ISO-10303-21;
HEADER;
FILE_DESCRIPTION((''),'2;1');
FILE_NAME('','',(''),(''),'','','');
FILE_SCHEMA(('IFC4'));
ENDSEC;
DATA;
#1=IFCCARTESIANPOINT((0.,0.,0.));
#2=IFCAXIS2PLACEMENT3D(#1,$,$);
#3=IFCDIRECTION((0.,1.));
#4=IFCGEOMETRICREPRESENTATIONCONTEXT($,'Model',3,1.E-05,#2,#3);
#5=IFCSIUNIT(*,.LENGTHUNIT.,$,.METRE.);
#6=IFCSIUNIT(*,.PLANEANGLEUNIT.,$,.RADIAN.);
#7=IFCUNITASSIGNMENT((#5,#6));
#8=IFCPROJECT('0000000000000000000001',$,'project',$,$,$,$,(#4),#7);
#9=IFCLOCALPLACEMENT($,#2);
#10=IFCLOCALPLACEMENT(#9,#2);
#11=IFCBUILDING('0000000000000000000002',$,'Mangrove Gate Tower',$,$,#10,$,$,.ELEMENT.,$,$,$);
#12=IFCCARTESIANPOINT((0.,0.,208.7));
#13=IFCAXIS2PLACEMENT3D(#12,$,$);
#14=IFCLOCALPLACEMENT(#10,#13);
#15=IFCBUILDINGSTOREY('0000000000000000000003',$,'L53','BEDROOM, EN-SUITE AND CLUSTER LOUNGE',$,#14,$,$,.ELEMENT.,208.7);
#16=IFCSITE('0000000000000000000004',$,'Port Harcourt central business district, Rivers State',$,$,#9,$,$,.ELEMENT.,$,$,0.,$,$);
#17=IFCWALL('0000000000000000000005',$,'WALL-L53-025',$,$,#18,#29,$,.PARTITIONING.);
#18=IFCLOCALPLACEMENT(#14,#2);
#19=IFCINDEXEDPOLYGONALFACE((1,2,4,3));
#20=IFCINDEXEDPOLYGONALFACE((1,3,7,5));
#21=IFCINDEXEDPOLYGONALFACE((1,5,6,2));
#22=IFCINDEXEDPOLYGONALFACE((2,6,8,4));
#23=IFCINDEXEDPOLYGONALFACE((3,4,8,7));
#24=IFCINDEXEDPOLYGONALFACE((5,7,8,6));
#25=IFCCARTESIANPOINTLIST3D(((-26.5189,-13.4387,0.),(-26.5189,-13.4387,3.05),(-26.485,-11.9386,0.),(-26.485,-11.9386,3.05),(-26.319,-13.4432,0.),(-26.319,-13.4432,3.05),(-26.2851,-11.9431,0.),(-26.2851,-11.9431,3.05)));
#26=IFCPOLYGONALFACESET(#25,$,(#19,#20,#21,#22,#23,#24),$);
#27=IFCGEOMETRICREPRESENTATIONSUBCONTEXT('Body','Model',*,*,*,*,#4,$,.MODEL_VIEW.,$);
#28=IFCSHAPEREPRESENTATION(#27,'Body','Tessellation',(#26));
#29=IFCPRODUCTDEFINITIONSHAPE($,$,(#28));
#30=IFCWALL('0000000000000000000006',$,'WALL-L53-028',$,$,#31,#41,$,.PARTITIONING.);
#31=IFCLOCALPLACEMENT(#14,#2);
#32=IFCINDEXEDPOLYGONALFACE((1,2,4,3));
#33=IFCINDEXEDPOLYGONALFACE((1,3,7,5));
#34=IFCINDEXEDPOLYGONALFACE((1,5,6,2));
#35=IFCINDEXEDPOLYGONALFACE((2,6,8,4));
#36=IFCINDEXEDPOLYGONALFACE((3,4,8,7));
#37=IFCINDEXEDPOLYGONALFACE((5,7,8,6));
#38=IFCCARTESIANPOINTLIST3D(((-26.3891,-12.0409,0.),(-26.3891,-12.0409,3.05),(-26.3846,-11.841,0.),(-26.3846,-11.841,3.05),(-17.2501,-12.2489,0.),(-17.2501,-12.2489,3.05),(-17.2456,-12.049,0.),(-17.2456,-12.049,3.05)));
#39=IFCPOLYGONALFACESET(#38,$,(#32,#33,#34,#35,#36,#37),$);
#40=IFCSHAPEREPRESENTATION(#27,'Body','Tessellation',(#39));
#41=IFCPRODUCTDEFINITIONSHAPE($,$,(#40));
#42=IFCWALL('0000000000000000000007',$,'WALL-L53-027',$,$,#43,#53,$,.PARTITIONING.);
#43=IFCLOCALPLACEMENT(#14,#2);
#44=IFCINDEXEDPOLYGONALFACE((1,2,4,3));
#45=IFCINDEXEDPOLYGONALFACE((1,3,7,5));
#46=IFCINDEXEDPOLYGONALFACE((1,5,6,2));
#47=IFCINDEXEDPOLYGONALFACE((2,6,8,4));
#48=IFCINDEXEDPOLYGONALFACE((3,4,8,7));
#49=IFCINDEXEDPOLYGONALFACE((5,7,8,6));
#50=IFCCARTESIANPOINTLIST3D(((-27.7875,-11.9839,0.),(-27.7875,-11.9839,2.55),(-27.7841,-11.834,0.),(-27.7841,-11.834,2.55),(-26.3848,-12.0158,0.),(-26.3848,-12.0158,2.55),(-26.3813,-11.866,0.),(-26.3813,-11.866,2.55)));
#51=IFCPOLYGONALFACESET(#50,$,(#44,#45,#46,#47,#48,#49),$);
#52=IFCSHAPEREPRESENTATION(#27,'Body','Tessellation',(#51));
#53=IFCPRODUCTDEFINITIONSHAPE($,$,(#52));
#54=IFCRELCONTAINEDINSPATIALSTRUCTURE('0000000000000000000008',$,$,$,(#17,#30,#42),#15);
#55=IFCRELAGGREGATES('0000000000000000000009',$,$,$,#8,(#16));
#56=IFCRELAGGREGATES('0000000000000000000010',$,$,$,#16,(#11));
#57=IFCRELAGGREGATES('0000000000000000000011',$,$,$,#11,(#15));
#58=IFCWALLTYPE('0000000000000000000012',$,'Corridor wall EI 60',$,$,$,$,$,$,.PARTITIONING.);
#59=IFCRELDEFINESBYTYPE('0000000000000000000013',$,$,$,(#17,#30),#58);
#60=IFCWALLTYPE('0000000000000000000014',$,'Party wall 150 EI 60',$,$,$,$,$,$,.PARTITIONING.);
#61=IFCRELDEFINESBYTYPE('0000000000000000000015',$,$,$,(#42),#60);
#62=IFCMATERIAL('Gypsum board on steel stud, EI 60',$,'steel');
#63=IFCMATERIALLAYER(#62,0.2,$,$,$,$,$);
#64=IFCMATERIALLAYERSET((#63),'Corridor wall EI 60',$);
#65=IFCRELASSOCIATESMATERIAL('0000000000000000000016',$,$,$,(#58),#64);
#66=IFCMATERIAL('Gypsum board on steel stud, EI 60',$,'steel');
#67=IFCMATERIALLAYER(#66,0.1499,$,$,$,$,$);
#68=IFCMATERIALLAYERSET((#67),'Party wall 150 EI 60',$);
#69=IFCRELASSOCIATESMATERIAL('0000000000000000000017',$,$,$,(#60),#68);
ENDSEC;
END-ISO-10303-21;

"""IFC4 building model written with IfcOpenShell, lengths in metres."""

from ifc_helpers import new_model, si_unit, direction, frame, frame_2d, origin, place, context, subcontext, project, spatial, rectangle, extrude, material, layer, layer_set, type_object, element, save


model = new_model("IFC4")

# Units and contexts
model_context = context("Model", 3, precision=1e-05, world=origin(), true_north=direction((0.0, 1.0)))
body_context = subcontext(model_context, "Body", "Model", "MODEL_VIEW")
ifc_project = project(units=[si_unit("LENGTHUNIT", "METRE"), si_unit("PLANEANGLEUNIT", "RADIAN")], contexts=[model_context])

# Site, building, storey
site_placement = place(None, origin())
site = spatial("IfcSite", under=ifc_project, at=site_placement, Name="Port Harcourt central business district, Rivers State", CompositionType="ELEMENT", RefElevation=0.0)
building_placement = place(site_placement, origin())
building = spatial("IfcBuilding", under=site, at=building_placement, Name="Mangrove Gate Tower", CompositionType="ELEMENT")
storey_placement = place(building_placement, frame((0.0, 0.0, 208.7)))
storey = spatial("IfcBuildingStorey", under=building, at=storey_placement, Name="L53", Description="BEDROOM, EN-SUITE AND CLUSTER LOUNGE", CompositionType="ELEMENT", Elevation=208.7)

# Shared definitions
ifc_material_1 = material(Name="Gypsum board on steel stud, EI 60", Category="steel")
ifc_layer_1 = layer(ifc_material_1, 0.2)
ifc_layer_set_1 = layer_set([ifc_layer_1], Name="Corridor wall EI 60")
wall_type_1 = type_object("IfcWallType", Name="Corridor wall EI 60", PredefinedType="PARTITIONING", material=ifc_layer_set_1)

# Walls
wall_1_placement = place(storey_placement, frame((-26.4189, -13.4409, 0.0), z_axis=(0.0, 0.0, 1.0), x_axis=(0.022618, 0.999744, 0.0)))
element("IfcWall", 1, at=wall_1_placement, inside=storey, type_object=wall_type_1, Name="WALL-L53-025", PredefinedType="PARTITIONING", context=body_context, shape_type="SweptSolid", body=[
    extrude(rectangle(XDim=1.5005, YDim=0.2, at=frame_2d((0.7502, 0.0))), origin(), (0.0, 0.0, 1.0), 3.05),
])
wall_2_placement = place(storey_placement, frame((-26.387, -11.9409, 0.0), z_axis=(0.0, 0.0, 1.0), x_axis=(0.999741, -0.022755, 0.0)))
element("IfcWall", 2, at=wall_2_placement, inside=storey, type_object=wall_type_1, Name="WALL-L53-028", PredefinedType="PARTITIONING", context=body_context, shape_type="SweptSolid", body=[
    extrude(rectangle(XDim=9.1414, YDim=0.2, at=frame_2d((4.5708, 0.0))), origin(), (0.0, 0.0, 1.0), 3.05),
])
ifc_material_2 = material(Name="Gypsum board on steel stud, EI 60", Category="steel")
ifc_layer_2 = layer(ifc_material_2, 0.1499)
ifc_layer_set_2 = layer_set([ifc_layer_2], Name="Party wall 150 EI 60")
wall_type_2 = type_object("IfcWallType", Name="Party wall 150 EI 60", PredefinedType="PARTITIONING", material=ifc_layer_set_2)
wall_3_placement = place(storey_placement, frame((-27.7859, -11.9089, 0.0), z_axis=(0.0, 0.0, 1.0), x_axis=(0.99974, -0.022793, 0.0)))
element("IfcWall", 3, at=wall_3_placement, inside=storey, type_object=wall_type_2, Name="WALL-L53-027", PredefinedType="PARTITIONING", context=body_context, shape_type="SweptSolid", body=[
    extrude(rectangle(XDim=1.4031, YDim=0.1499, at=frame_2d((0.7017, 0.0))), origin(), (0.0, 0.0, 1.0), 2.55),
])

save(model, "model.ifc")
